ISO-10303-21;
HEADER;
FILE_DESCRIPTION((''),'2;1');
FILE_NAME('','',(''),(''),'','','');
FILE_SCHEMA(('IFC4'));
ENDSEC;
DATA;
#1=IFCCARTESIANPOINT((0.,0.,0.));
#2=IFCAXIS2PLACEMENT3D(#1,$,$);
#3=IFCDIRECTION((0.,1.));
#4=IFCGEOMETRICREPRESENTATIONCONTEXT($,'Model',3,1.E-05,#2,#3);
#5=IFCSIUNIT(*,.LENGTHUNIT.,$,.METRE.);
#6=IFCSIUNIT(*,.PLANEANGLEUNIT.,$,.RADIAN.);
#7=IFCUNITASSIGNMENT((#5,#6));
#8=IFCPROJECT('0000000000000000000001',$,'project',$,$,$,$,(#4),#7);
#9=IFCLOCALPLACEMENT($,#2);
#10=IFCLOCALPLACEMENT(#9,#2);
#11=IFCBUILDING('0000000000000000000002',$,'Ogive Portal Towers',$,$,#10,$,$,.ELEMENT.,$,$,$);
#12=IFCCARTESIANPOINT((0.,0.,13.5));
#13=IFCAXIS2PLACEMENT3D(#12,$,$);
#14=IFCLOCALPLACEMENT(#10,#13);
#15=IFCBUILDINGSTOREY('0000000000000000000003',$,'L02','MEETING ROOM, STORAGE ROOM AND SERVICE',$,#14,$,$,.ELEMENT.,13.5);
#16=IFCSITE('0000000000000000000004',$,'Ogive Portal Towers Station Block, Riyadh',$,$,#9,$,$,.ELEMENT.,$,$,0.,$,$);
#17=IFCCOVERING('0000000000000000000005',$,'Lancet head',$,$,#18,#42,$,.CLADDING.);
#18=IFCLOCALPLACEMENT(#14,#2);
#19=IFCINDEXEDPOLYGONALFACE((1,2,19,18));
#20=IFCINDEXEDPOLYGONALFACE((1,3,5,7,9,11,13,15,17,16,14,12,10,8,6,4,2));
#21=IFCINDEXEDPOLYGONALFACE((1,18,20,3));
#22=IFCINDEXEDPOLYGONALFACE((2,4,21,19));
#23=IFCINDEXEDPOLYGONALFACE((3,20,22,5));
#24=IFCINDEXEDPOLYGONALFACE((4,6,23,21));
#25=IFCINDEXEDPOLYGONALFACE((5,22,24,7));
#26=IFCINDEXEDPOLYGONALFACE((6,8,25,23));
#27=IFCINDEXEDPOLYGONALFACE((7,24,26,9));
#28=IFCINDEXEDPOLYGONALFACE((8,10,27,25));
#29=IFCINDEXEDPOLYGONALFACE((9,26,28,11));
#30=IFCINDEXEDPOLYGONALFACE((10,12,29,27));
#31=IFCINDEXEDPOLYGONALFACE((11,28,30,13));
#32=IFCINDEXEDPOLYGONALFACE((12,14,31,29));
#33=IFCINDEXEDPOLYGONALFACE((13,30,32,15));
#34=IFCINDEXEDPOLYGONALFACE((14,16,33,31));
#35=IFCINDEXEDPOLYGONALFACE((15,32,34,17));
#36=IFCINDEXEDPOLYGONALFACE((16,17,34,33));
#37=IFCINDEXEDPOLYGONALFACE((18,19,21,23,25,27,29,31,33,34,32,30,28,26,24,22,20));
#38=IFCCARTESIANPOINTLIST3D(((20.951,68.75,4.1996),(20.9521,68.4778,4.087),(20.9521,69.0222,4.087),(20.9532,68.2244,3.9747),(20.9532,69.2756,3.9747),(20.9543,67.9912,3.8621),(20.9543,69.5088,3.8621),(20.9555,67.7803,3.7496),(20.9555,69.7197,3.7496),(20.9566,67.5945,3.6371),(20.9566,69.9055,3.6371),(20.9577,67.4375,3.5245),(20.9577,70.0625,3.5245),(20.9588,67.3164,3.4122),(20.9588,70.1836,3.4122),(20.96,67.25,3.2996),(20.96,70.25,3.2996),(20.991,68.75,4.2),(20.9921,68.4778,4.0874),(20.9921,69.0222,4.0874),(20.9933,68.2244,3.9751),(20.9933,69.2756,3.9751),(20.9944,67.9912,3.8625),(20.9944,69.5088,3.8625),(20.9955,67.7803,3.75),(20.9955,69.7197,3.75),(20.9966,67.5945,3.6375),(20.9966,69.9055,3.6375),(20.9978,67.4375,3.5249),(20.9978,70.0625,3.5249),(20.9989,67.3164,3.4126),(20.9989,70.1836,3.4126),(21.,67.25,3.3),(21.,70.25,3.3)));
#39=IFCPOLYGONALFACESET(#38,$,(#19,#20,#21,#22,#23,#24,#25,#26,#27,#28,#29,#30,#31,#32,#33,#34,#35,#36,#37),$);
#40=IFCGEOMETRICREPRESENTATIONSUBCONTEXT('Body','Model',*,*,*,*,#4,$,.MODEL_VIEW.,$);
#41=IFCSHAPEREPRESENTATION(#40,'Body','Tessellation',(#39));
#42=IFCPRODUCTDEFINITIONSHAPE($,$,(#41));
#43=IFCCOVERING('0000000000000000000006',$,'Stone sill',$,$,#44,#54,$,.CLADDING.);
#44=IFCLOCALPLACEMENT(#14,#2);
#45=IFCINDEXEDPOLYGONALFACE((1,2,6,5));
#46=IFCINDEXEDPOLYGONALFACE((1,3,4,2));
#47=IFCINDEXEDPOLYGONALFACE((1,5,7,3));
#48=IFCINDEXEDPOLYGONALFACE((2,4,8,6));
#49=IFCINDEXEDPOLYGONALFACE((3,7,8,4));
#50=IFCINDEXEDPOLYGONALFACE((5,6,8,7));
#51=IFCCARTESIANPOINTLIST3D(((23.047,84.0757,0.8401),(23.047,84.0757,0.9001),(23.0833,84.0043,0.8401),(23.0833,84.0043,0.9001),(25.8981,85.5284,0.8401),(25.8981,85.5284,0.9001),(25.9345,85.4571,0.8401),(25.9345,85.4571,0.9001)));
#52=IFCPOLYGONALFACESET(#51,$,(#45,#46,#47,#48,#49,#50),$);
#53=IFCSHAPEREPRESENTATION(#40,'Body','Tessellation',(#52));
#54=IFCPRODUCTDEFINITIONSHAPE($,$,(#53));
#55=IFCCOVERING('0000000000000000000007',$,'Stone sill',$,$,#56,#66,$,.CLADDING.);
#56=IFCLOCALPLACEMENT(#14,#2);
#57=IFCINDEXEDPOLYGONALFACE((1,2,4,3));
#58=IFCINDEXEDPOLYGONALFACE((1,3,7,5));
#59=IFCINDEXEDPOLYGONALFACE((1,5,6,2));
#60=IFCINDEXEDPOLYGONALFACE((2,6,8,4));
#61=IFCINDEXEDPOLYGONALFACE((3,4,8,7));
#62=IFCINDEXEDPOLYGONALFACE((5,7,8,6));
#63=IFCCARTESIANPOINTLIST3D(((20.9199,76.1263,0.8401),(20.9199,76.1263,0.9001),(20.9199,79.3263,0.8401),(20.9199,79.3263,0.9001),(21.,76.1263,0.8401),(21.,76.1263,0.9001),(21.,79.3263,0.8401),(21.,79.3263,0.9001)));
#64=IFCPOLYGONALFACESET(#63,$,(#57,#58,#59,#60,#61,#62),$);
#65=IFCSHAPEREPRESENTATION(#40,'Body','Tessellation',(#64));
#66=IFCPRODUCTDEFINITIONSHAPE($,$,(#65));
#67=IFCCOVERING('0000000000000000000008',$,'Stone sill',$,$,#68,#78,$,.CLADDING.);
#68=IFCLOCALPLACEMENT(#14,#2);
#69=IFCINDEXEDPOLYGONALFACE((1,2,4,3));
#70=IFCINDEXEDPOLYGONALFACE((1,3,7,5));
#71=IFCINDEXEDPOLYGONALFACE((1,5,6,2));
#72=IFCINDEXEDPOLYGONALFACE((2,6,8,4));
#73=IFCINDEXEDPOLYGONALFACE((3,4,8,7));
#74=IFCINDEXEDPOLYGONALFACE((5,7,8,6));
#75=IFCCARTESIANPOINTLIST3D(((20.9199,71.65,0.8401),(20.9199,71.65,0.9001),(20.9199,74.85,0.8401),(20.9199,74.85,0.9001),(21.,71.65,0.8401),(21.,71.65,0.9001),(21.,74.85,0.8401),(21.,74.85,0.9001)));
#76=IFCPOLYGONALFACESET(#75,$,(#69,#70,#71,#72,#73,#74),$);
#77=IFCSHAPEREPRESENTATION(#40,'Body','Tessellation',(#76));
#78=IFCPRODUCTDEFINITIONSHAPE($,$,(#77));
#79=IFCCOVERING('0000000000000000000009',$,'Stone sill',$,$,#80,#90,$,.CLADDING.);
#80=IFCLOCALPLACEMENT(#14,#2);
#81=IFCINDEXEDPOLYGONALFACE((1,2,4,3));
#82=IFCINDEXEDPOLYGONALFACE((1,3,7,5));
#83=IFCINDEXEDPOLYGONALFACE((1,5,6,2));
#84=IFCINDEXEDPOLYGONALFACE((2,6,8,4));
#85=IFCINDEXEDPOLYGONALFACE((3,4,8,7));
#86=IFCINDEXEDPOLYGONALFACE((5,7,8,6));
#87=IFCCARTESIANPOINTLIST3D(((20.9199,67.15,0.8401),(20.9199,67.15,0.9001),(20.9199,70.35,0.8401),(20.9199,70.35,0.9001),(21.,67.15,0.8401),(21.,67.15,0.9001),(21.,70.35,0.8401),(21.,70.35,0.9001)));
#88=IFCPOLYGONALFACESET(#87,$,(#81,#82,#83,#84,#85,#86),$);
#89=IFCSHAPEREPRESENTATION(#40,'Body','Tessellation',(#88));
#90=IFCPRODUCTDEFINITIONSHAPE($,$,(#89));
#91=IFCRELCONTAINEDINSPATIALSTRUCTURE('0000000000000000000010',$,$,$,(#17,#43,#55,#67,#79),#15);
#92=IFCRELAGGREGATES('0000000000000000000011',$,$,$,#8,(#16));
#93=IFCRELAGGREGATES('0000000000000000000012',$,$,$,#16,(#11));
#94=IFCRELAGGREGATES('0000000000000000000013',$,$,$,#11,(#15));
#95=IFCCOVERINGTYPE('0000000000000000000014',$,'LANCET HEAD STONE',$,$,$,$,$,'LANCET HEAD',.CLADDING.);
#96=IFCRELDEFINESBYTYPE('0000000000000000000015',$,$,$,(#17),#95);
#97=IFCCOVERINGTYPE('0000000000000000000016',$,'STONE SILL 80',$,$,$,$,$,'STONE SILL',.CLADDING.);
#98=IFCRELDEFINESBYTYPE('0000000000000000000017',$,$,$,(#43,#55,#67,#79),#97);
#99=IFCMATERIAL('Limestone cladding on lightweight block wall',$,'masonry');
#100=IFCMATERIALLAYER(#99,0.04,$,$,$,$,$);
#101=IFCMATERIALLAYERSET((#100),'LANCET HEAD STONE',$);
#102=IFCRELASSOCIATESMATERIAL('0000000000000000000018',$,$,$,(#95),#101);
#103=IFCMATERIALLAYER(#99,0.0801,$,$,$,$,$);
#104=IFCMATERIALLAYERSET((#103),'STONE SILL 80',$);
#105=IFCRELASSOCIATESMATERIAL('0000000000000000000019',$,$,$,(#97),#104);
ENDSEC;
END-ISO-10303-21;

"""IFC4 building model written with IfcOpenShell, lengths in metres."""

from ifc_helpers import new_model, si_unit, direction, frame, origin, origin_2d, place, context, subcontext, project, spatial, polyline, rectangle, outline, extrude, material, layer, layer_set, type_object, element, save


model = new_model("IFC4")

# Units and contexts
model_context = context("Model", 3, precision=1e-05, world=origin(), true_north=direction((0.0, 1.0)))
body_context = subcontext(model_context, "Body", "Model", "MODEL_VIEW")
ifc_project = project(units=[si_unit("LENGTHUNIT", "METRE"), si_unit("PLANEANGLEUNIT", "RADIAN")], contexts=[model_context])

# Site, building, storey
site_placement = place(None, origin())
site = spatial("IfcSite", under=ifc_project, at=site_placement, Name="Ogive Portal Towers Station Block, Riyadh", CompositionType="ELEMENT", RefElevation=0.0)
building_placement = place(site_placement, origin())
building = spatial("IfcBuilding", under=site, at=building_placement, Name="Ogive Portal Towers", CompositionType="ELEMENT")
storey_placement = place(building_placement, frame((0.0, 0.0, 13.5)))
storey = spatial("IfcBuildingStorey", under=building, at=storey_placement, Name="L02", Description="MEETING ROOM, STORAGE ROOM AND SERVICE", CompositionType="ELEMENT", Elevation=13.5)

# Shared definitions
ifc_material_1 = material(Name="Limestone cladding on lightweight block wall", Category="masonry")

# Coverings
ifc_layer_1 = layer(ifc_material_1, 0.04)
ifc_layer_set_1 = layer_set([ifc_layer_1], Name="LANCET HEAD STONE")
covering_type_1 = type_object("IfcCoveringType", Name="LANCET HEAD STONE", ElementType="LANCET HEAD", PredefinedType="CLADDING", material=ifc_layer_set_1)
for number, where, z_axis, x_axis, name in (
    (1, (21.0, 70.25, 3.3), (0.99995, 0.0, 0.009994), (0.0, -1.0, 0.0), "Lancet head"),
):
    element("IfcCovering", number, at=place(storey_placement, frame(where, z_axis=z_axis, x_axis=x_axis)), inside=storey, type_object=covering_type_1, Name=name, PredefinedType="CLADDING", context=body_context, shape_type="SweptSolid", body=[
        extrude(outline(polyline([(0.0, 0.0), (3.0, 0.0), (2.9336, -0.1126), (2.8125, -0.2249), (2.6555, -0.3374), (2.4697, -0.45), (2.2588, -0.5625), (2.0256, -0.6751), (1.7722, -0.7874), (1.5, -0.8999), (1.2278, -0.7874), (0.9744, -0.6751), (0.7412, -0.5625), (0.5303, -0.45), (0.3445, -0.3374), (0.1875, -0.2249), (0.0664, -0.1126), (0.0, 0.0)])), origin(), (0.0, 0.0, -1.0), 0.04),
    ])
ifc_layer_2 = layer(ifc_material_1, 0.0801)
ifc_layer_set_2 = layer_set([ifc_layer_2], Name="STONE SILL 80")
covering_type_2 = type_object("IfcCoveringType", Name="STONE SILL 80", ElementType="STONE SILL", PredefinedType="CLADDING", material=ifc_layer_set_2)
for number, where, z_axis, x_axis, name in (
    (2, (24.4907, 84.7664, 0.8401), (0.0, 0.0, 1.0), (-0.891007, -0.45399, 0.0), "Stone sill"),
    (3, (20.96, 77.7263, 0.8401), (0.0, 0.0, 1.0), (0.0, -1.0, 0.0), "Stone sill"),
    (4, (20.96, 73.25, 0.8401), (0.0, 0.0, 1.0), (0.0, -1.0, 0.0), "Stone sill"),
    (5, (20.96, 68.75, 0.8401), (0.0, 0.0, 1.0), (0.0, -1.0, 0.0), "Stone sill"),
):
    element("IfcCovering", number, at=place(storey_placement, frame(where, z_axis=z_axis, x_axis=x_axis)), inside=storey, type_object=covering_type_2, Name=name, PredefinedType="CLADDING", context=body_context, shape_type="SweptSolid", body=[
        extrude(rectangle(XDim=3.2, YDim=0.0801, at=origin_2d()), origin(), (0.0, 0.0, 1.0), 0.0601),
    ])

save(model, "model.ifc")
